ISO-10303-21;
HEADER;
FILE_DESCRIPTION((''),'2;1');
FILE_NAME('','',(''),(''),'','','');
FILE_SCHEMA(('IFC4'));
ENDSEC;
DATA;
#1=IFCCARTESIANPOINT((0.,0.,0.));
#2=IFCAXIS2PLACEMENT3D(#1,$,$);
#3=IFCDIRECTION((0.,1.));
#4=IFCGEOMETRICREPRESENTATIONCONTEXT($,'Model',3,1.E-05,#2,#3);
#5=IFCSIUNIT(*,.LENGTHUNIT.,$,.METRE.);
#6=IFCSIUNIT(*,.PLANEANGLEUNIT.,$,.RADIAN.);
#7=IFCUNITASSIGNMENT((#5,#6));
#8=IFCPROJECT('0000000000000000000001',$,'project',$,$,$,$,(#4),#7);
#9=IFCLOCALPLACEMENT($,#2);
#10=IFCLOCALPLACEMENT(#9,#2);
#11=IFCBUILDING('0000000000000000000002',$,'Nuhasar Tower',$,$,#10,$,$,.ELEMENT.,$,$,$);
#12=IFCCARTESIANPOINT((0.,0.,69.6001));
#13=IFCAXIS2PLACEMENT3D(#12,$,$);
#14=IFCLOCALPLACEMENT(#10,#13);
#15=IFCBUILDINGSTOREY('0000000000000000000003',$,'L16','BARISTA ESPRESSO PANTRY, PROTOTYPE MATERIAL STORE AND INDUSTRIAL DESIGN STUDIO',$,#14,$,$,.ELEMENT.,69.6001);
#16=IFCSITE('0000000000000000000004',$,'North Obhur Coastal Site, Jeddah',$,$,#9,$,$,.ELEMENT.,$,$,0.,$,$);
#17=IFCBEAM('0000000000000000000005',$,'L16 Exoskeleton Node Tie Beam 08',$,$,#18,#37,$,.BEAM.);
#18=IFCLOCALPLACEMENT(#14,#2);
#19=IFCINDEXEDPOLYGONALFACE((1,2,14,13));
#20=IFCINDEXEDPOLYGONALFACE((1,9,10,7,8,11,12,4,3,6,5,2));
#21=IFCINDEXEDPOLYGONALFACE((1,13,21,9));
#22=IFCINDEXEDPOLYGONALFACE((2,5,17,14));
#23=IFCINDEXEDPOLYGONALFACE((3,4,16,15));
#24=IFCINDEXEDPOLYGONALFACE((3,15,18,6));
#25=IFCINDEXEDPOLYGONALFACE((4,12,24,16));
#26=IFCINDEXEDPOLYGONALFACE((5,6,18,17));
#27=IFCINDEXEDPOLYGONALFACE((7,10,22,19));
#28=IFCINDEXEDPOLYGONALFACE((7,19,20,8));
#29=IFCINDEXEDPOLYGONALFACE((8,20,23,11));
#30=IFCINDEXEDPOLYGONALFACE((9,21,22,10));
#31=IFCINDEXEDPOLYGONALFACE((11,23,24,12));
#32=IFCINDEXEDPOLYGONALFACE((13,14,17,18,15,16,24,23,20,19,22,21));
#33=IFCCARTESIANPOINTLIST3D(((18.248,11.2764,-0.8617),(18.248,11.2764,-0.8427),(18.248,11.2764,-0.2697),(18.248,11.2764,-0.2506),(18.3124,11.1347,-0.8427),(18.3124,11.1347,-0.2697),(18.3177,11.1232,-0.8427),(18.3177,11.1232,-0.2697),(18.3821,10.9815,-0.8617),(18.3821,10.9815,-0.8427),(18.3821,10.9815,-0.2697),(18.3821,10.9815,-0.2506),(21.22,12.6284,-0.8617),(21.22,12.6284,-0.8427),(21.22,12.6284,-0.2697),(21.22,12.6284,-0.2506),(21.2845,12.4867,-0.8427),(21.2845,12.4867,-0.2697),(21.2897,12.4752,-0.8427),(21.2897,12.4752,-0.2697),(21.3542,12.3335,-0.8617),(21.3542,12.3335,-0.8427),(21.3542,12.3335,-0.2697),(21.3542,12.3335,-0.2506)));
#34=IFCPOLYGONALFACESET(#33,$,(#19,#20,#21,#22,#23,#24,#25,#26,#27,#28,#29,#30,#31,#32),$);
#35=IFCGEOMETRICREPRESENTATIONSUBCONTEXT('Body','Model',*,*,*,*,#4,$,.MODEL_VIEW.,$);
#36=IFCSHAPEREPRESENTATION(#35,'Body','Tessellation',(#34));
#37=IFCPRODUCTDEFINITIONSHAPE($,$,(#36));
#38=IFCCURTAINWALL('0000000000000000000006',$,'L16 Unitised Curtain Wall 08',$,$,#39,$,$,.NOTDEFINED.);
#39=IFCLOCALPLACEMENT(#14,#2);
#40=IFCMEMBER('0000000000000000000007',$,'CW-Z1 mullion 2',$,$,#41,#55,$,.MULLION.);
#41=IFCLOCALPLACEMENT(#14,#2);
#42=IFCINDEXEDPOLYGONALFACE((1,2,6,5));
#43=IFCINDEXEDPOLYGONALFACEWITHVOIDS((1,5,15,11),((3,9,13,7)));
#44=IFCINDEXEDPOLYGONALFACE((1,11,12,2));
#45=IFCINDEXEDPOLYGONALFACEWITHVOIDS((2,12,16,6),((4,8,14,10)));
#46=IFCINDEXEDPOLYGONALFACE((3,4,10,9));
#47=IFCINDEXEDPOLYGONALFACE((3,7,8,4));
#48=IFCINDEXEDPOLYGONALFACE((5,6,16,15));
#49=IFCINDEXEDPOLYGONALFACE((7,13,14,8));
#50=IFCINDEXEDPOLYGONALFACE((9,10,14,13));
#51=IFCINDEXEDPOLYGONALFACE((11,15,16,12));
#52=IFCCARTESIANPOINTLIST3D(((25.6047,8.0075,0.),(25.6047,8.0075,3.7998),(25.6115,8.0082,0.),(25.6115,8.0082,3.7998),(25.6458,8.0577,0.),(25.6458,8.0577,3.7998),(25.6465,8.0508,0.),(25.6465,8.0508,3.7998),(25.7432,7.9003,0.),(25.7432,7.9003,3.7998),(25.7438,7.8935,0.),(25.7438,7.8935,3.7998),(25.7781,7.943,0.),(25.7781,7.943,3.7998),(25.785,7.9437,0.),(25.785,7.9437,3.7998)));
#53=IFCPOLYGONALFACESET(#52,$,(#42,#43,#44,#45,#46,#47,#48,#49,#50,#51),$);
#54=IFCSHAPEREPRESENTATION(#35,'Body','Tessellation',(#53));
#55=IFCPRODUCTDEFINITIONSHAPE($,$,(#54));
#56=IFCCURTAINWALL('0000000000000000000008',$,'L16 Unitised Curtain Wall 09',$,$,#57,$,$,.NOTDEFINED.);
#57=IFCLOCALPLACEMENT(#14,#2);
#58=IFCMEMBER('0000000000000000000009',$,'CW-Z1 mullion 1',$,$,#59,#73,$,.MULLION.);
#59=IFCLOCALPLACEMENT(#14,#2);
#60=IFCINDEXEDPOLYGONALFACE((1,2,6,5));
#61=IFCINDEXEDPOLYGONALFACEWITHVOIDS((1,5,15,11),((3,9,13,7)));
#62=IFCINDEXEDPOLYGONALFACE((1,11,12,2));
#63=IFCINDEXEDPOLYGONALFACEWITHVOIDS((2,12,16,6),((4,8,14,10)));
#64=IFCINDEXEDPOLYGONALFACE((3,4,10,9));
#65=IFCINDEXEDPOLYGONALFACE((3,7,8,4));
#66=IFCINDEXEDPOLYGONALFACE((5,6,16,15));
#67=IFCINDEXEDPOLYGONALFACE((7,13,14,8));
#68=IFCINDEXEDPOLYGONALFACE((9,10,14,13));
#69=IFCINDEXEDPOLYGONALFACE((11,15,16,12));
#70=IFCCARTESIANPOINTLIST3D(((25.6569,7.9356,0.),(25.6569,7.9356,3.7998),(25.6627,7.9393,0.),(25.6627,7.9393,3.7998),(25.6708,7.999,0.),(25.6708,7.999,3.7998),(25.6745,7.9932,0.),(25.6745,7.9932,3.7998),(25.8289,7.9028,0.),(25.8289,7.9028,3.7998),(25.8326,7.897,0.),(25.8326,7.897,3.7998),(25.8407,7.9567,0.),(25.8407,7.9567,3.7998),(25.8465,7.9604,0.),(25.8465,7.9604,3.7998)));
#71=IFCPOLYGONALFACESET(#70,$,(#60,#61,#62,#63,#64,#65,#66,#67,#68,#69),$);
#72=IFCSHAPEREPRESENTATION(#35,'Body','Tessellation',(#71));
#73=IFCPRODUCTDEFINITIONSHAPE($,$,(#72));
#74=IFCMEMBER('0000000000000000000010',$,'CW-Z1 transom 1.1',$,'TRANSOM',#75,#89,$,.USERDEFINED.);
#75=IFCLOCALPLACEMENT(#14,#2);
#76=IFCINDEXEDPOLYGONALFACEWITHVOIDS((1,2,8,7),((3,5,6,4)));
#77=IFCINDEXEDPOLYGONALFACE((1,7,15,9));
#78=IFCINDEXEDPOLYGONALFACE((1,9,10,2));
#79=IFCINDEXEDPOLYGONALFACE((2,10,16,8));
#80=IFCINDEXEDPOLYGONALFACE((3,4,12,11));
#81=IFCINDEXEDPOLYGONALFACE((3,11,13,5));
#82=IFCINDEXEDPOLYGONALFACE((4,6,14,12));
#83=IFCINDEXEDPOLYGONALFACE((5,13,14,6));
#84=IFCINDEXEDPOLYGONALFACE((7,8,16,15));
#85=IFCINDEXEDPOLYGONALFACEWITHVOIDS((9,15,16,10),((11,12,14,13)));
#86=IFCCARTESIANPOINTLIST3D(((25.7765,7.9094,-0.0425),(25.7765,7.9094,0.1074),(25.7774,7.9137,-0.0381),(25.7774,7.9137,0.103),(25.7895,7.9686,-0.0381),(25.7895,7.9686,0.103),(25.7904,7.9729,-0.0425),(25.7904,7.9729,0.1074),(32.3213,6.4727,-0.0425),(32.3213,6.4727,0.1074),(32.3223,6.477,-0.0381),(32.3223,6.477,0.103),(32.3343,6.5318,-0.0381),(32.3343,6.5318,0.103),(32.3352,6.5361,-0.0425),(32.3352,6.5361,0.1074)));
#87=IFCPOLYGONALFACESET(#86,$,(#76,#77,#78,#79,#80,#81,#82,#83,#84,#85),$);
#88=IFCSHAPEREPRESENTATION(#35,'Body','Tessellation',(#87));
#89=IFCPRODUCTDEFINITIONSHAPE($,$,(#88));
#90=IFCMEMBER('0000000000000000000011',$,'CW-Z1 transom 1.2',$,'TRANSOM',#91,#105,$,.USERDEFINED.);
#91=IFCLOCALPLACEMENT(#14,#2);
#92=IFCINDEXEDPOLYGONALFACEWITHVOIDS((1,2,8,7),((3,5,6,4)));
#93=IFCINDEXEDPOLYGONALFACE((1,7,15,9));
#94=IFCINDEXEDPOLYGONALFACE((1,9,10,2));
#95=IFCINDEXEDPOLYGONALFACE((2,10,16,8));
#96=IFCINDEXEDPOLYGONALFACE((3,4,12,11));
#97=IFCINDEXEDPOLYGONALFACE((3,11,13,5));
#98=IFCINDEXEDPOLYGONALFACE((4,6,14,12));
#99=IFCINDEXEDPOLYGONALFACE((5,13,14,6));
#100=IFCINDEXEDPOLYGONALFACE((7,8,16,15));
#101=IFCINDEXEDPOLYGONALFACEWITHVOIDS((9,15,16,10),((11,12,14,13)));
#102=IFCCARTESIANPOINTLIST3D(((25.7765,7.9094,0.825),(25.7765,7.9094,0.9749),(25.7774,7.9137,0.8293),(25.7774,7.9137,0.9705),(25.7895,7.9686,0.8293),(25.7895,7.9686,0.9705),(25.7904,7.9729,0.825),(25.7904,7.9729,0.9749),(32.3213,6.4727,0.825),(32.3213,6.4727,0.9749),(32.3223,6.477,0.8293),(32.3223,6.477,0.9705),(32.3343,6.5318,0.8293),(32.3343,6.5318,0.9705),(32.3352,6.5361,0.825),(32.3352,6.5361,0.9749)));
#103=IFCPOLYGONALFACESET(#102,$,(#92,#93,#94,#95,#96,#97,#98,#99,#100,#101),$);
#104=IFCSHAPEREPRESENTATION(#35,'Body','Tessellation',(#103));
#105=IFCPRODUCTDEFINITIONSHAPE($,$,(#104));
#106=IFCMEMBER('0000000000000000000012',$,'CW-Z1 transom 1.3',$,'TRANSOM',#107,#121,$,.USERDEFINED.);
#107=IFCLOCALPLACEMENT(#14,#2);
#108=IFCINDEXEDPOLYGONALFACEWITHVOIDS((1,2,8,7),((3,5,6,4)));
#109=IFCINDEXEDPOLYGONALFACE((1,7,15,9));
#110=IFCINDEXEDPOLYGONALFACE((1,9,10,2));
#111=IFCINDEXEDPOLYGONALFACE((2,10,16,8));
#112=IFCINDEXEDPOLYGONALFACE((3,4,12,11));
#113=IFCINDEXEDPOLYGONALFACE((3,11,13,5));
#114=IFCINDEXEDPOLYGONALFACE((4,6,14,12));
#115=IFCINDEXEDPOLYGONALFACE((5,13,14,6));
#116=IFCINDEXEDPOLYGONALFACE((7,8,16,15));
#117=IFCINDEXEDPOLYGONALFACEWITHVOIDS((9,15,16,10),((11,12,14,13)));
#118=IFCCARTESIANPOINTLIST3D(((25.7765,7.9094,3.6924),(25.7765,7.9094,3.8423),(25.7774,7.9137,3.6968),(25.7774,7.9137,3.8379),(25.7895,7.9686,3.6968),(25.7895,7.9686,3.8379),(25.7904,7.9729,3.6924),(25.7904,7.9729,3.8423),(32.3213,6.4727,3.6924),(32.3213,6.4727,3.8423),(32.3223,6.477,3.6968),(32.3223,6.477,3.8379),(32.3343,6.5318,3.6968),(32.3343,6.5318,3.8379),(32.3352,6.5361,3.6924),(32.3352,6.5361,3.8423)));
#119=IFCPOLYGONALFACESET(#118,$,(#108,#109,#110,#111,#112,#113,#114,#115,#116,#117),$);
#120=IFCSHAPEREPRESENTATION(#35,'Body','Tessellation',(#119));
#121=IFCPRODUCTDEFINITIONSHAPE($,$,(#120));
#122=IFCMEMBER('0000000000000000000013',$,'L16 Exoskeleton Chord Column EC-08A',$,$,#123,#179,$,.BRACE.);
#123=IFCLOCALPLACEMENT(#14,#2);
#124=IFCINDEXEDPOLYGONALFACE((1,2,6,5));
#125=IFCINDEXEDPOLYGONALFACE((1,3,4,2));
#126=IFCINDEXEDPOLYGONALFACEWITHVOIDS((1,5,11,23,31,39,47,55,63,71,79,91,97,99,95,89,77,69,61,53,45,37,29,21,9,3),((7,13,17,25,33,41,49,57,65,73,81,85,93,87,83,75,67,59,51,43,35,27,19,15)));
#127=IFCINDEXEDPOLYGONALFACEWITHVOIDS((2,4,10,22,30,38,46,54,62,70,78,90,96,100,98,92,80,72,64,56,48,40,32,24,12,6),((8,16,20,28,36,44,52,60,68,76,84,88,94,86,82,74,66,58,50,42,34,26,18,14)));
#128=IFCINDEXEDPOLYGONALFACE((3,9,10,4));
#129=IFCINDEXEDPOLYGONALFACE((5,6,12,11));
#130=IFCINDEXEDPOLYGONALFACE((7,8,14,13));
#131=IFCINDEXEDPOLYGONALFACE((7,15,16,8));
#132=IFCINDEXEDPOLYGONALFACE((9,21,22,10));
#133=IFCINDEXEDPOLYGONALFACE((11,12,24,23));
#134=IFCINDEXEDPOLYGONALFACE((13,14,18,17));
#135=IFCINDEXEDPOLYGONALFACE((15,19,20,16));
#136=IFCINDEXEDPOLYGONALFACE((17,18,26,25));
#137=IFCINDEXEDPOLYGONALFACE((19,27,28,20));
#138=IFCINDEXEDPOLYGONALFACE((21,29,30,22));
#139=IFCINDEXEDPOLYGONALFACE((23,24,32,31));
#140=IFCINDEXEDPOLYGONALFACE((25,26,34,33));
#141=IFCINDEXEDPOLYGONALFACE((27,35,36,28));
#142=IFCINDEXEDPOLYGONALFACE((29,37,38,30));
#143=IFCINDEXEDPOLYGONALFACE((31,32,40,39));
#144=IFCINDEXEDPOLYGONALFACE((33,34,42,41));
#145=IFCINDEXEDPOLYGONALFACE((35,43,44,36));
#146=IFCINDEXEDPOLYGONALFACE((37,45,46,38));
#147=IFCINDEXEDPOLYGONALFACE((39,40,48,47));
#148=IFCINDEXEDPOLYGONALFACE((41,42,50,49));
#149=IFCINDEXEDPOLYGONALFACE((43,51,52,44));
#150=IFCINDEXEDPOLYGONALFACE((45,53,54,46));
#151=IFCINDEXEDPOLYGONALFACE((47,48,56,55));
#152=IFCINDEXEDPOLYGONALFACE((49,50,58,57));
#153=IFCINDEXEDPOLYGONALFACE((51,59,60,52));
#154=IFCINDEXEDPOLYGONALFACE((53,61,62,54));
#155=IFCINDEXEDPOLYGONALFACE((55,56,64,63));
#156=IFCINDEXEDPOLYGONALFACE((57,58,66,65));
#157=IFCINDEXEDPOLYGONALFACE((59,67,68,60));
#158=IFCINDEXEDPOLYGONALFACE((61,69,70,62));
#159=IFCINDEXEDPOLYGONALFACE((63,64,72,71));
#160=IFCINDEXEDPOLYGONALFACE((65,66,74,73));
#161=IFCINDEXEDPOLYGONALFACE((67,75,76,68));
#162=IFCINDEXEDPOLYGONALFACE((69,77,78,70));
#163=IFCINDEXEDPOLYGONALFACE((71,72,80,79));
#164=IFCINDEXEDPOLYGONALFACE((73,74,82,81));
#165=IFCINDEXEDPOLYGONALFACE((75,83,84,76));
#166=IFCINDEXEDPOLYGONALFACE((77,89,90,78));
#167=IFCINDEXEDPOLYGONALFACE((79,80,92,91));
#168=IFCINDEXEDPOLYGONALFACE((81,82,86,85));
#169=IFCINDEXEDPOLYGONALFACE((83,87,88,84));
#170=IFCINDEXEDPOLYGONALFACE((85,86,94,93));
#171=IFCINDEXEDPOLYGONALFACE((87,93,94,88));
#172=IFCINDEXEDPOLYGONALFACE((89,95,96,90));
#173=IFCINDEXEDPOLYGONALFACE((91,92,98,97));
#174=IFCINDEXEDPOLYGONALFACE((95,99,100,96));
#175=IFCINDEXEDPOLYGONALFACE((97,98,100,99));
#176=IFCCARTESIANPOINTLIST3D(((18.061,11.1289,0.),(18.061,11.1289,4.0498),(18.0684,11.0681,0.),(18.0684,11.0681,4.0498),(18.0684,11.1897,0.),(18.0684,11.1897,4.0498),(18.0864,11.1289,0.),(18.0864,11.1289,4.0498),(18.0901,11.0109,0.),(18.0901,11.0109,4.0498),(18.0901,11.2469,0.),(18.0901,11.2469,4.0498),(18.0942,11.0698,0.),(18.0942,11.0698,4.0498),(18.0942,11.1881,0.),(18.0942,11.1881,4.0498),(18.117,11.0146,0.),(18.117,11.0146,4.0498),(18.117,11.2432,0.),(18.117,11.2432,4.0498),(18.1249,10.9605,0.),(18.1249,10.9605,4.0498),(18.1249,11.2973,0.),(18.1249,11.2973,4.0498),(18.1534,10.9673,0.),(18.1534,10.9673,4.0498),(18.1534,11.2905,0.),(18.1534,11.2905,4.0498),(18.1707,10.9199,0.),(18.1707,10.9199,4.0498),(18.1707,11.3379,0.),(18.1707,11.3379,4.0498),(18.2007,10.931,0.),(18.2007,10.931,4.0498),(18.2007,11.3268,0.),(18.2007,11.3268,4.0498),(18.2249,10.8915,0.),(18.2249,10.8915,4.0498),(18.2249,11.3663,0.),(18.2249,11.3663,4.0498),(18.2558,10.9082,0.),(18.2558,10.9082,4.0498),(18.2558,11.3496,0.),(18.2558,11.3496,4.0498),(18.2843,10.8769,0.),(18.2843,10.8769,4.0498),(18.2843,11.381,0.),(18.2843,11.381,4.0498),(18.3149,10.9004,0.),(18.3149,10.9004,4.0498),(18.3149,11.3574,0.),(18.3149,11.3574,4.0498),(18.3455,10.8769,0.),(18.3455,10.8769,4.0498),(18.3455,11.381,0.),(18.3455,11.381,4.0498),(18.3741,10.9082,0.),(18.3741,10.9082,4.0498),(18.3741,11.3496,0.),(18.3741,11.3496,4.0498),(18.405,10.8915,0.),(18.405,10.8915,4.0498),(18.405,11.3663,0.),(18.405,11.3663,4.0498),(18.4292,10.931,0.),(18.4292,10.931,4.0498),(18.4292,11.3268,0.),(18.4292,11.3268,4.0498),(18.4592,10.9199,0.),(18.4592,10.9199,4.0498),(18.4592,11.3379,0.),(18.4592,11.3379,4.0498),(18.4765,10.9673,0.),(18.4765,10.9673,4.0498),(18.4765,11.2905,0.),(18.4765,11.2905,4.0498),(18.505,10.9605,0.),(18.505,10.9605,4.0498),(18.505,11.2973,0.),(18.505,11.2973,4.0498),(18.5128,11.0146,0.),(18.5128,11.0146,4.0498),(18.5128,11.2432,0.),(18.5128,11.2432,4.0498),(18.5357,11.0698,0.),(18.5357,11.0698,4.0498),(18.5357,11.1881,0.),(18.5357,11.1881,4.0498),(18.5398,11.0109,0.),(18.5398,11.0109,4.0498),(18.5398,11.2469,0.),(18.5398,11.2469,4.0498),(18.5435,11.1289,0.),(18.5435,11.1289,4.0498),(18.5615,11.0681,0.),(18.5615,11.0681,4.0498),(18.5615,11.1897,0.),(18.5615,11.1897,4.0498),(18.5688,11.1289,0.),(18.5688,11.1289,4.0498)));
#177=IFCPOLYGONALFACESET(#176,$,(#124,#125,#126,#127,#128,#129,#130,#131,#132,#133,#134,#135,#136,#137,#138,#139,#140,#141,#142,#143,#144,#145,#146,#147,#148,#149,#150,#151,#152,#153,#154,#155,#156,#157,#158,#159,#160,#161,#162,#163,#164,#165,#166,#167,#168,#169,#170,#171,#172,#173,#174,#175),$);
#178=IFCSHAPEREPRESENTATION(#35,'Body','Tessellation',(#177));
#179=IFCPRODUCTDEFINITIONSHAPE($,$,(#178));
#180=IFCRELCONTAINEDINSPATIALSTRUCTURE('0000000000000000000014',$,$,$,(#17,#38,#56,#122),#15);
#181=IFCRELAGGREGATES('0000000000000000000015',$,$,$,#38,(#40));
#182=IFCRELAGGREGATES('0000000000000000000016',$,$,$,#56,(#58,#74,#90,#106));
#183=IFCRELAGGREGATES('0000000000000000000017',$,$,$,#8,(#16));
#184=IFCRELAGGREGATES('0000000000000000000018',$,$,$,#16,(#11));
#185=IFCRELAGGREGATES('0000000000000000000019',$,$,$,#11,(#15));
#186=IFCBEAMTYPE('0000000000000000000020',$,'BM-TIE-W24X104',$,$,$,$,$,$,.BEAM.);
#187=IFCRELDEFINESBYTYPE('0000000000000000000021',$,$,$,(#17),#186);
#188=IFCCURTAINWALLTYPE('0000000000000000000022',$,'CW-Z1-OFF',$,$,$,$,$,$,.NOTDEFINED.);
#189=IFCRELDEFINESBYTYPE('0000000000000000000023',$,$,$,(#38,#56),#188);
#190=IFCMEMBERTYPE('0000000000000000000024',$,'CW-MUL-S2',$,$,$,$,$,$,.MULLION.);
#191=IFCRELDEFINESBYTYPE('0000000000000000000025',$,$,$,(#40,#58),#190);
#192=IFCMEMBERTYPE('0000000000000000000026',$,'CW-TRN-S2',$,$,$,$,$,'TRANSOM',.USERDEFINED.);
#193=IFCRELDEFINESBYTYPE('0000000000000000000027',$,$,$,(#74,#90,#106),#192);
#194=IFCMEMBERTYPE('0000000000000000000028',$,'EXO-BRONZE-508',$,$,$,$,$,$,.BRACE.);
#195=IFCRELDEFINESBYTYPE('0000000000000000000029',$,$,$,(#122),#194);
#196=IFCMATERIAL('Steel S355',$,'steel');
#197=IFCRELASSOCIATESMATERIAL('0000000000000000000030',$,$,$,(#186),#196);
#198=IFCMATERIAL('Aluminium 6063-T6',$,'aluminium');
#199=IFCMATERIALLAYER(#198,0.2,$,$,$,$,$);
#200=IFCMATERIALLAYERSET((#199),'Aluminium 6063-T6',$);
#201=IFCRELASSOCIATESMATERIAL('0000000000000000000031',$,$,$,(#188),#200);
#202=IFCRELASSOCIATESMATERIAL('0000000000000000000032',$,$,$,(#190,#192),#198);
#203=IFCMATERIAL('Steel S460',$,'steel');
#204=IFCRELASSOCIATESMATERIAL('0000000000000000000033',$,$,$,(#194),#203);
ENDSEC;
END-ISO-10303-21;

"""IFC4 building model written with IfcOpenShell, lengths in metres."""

from ifc_helpers import new_model, si_unit, direction, frame, origin, origin_2d, place, context, subcontext, project, spatial, hollow_rectangle, hollow_circle, i_section, extrude, material, layer, layer_set, material_profile, profile_set, type_object, element, aggregate, save


model = new_model("IFC4")

# Units and contexts
model_context = context("Model", 3, precision=1e-05, world=origin(), true_north=direction((0.0, 1.0)))
body_context = subcontext(model_context, "Body", "Model", "MODEL_VIEW")
ifc_project = project(units=[si_unit("LENGTHUNIT", "METRE"), si_unit("PLANEANGLEUNIT", "RADIAN")], contexts=[model_context])

# Site, building, storey
site_placement = place(None, origin())
site = spatial("IfcSite", under=ifc_project, at=site_placement, Name="North Obhur Coastal Site, Jeddah", CompositionType="ELEMENT", RefElevation=0.0)
building_placement = place(site_placement, origin())
building = spatial("IfcBuilding", under=site, at=building_placement, Name="Nuhasar Tower", CompositionType="ELEMENT")
storey_placement = place(building_placement, frame((0.0, 0.0, 69.6001)))
storey = spatial("IfcBuildingStorey", under=building, at=storey_placement, Name="L16", Description="BARISTA ESPRESSO PANTRY, PROTOTYPE MATERIAL STORE AND INDUSTRIAL DESIGN STUDIO", CompositionType="ELEMENT", Elevation=69.6001)

# Beam
ifc_material_1 = material(Name="Steel S355", Category="steel")
ifc_material_profile_1 = material_profile(ifc_material_1, i_section(OverallWidth=0.324, OverallDepth=0.6111, WebThickness=0.0127, FlangeThickness=0.019, at=origin_2d()), Name="W24X104")
ifc_profile_set_1 = profile_set([ifc_material_profile_1], Name="Steel S355")
beam_type_1 = type_object("IfcBeamType", Name="BM-TIE-W24X104", PredefinedType="BEAM", material=ifc_profile_set_1)
beam_1_placement = place(storey_placement, frame((21.2871, 12.481, -0.5562), z_axis=(-0.910244, -0.414073, 0.0), x_axis=(0.414073, -0.910244, 0.0)))
element("IfcBeam", 1, at=beam_1_placement, inside=storey, type_object=beam_type_1, Name="L16 Exoskeleton Node Tie Beam 08", PredefinedType="BEAM", context=body_context, shape_type="SweptSolid", body=[
    extrude(i_section(OverallWidth=0.324, OverallDepth=0.6111, WebThickness=0.0127, FlangeThickness=0.019, at=origin_2d()), origin(), (0.0, 0.0, 1.0), 3.2651),
])

# Curtain wall, member
ifc_material_2 = material(Name="Aluminium 6063-T6", Category="aluminium")
ifc_layer_1 = layer(ifc_material_2, 0.2)
ifc_layer_set_1 = layer_set([ifc_layer_1], Name="Aluminium 6063-T6")
curtain_wall_type = type_object("IfcCurtainWallType", Name="CW-Z1-OFF", PredefinedType="NOTDEFINED", material=ifc_layer_set_1)
curtain_wall_1_placement = place(storey_placement, origin())
curtain_wall_1 = element("IfcCurtainWall", 2, at=curtain_wall_1_placement, inside=storey, type_object=curtain_wall_type, Name="L16 Unitised Curtain Wall 08", PredefinedType="NOTDEFINED")
ifc_material_profile_2 = material_profile(ifc_material_2, hollow_rectangle(XDim=0.0649, YDim=0.1799, WallThickness=0.0049, at=origin_2d()), Name="CWM-2")
ifc_profile_set_2 = profile_set([ifc_material_profile_2], Name="Aluminium 6063-T6")
member_type_1 = type_object("IfcMemberType", Name="CW-MUL-S2", PredefinedType="MULLION", material=ifc_profile_set_2)
member_1_placement = place(storey_placement, frame((25.6948, 7.9756, 0.0), z_axis=(0.0, 0.0, 1.0), x_axis=(0.633745, 0.773542, 0.0)))
member_1 = element("IfcMember", 3, at=member_1_placement, type_object=member_type_1, Name="CW-Z1 mullion 2", PredefinedType="MULLION", context=body_context, shape_type="SweptSolid", body=[
    extrude(hollow_rectangle(XDim=0.0649, YDim=0.1799, WallThickness=0.0049, at=origin_2d()), origin(), (0.0, 0.0, 1.0), 3.7998),
])

# Curtain wall, members
curtain_wall_2_placement = place(storey_placement, origin())
curtain_wall_2 = element("IfcCurtainWall", 4, at=curtain_wall_2_placement, inside=storey, type_object=curtain_wall_type, Name="L16 Unitised Curtain Wall 09", PredefinedType="NOTDEFINED")
member_2_placement = place(storey_placement, frame((25.7517, 7.948, 0.0), z_axis=(0.0, 0.0, 1.0), x_axis=(0.214399, 0.976746, 0.0)))
member_2 = element("IfcMember", 5, at=member_2_placement, type_object=member_type_1, Name="CW-Z1 mullion 1", PredefinedType="MULLION", context=body_context, shape_type="SweptSolid", body=[
    extrude(hollow_rectangle(XDim=0.0649, YDim=0.1799, WallThickness=0.0049, at=origin_2d()), origin(), (0.0, 0.0, 1.0), 3.7998),
])
ifc_material_profile_3 = material_profile(ifc_material_2, hollow_rectangle(XDim=0.0649, YDim=0.1499, WallThickness=0.0044, at=origin_2d()), Name="CWT-2")
ifc_profile_set_3 = profile_set([ifc_material_profile_3], Name="Aluminium 6063-T6")
member_type_2 = type_object("IfcMemberType", Name="CW-TRN-S2", ElementType="TRANSOM", PredefinedType="USERDEFINED", material=ifc_profile_set_3)
member_3_placement = place(storey_placement, frame((25.7834, 7.9412, 0.0325), z_axis=(0.976742, -0.214418, 0.0), x_axis=(0.214418, 0.976742, 0.0)))
member_3 = element("IfcMember", 6, at=member_3_placement, type_object=member_type_2, Name="CW-Z1 transom 1.1", ObjectType="TRANSOM", PredefinedType="USERDEFINED", context=body_context, shape_type="SweptSolid", body=[
    extrude(hollow_rectangle(XDim=0.0649, YDim=0.1499, WallThickness=0.0044, at=origin_2d()), origin(), (0.0, 0.0, 1.0), 6.7007),
])
member_4_placement = place(storey_placement, frame((25.7834, 7.9412, 0.8999), z_axis=(0.976742, -0.214418, 0.0), x_axis=(0.214418, 0.976742, 0.0)))
member_4 = element("IfcMember", 7, at=member_4_placement, type_object=member_type_2, Name="CW-Z1 transom 1.2", ObjectType="TRANSOM", PredefinedType="USERDEFINED", context=body_context, shape_type="SweptSolid", body=[
    extrude(hollow_rectangle(XDim=0.0649, YDim=0.1499, WallThickness=0.0044, at=origin_2d()), origin(), (0.0, 0.0, 1.0), 6.7007),
])
member_5_placement = place(storey_placement, frame((25.7834, 7.9412, 3.7673), z_axis=(0.976742, -0.214418, 0.0), x_axis=(0.214418, 0.976742, 0.0)))
member_5 = element("IfcMember", 8, at=member_5_placement, type_object=member_type_2, Name="CW-Z1 transom 1.3", ObjectType="TRANSOM", PredefinedType="USERDEFINED", context=body_context, shape_type="SweptSolid", body=[
    extrude(hollow_rectangle(XDim=0.0649, YDim=0.1499, WallThickness=0.0044, at=origin_2d()), origin(), (0.0, 0.0, 1.0), 6.7007),
])

# Member
ifc_material_3 = material(Name="Steel S460", Category="steel")
ifc_material_profile_4 = material_profile(ifc_material_3, hollow_circle(Radius=0.2539, WallThickness=0.0254, at=origin_2d()), Name="HSS508X25.4")
ifc_profile_set_4 = profile_set([ifc_material_profile_4], Name="Steel S460")
member_type_3 = type_object("IfcMemberType", Name="EXO-BRONZE-508", PredefinedType="BRACE", material=ifc_profile_set_4)
for number, where, z_axis, x_axis, name in (
    (9, (18.3149, 11.1289, 0.0), (0.0, 0.0, 1.0), (1.0, 0.0, 0.0), "L16 Exoskeleton Chord Column EC-08A"),
):
    element("IfcMember", number, at=place(storey_placement, frame(where, z_axis=z_axis, x_axis=x_axis)), inside=storey, type_object=member_type_3, Name=name, PredefinedType="BRACE", context=body_context, shape_type="SweptSolid", body=[
        extrude(hollow_circle(Radius=0.2539, WallThickness=0.0254, at=origin_2d()), origin(), (0.0, 0.0, 1.0), 4.0498),
    ])

aggregate(curtain_wall_1, [member_1])
aggregate(curtain_wall_2, [member_2, member_3, member_4, member_5])

save(model, "model.ifc")
